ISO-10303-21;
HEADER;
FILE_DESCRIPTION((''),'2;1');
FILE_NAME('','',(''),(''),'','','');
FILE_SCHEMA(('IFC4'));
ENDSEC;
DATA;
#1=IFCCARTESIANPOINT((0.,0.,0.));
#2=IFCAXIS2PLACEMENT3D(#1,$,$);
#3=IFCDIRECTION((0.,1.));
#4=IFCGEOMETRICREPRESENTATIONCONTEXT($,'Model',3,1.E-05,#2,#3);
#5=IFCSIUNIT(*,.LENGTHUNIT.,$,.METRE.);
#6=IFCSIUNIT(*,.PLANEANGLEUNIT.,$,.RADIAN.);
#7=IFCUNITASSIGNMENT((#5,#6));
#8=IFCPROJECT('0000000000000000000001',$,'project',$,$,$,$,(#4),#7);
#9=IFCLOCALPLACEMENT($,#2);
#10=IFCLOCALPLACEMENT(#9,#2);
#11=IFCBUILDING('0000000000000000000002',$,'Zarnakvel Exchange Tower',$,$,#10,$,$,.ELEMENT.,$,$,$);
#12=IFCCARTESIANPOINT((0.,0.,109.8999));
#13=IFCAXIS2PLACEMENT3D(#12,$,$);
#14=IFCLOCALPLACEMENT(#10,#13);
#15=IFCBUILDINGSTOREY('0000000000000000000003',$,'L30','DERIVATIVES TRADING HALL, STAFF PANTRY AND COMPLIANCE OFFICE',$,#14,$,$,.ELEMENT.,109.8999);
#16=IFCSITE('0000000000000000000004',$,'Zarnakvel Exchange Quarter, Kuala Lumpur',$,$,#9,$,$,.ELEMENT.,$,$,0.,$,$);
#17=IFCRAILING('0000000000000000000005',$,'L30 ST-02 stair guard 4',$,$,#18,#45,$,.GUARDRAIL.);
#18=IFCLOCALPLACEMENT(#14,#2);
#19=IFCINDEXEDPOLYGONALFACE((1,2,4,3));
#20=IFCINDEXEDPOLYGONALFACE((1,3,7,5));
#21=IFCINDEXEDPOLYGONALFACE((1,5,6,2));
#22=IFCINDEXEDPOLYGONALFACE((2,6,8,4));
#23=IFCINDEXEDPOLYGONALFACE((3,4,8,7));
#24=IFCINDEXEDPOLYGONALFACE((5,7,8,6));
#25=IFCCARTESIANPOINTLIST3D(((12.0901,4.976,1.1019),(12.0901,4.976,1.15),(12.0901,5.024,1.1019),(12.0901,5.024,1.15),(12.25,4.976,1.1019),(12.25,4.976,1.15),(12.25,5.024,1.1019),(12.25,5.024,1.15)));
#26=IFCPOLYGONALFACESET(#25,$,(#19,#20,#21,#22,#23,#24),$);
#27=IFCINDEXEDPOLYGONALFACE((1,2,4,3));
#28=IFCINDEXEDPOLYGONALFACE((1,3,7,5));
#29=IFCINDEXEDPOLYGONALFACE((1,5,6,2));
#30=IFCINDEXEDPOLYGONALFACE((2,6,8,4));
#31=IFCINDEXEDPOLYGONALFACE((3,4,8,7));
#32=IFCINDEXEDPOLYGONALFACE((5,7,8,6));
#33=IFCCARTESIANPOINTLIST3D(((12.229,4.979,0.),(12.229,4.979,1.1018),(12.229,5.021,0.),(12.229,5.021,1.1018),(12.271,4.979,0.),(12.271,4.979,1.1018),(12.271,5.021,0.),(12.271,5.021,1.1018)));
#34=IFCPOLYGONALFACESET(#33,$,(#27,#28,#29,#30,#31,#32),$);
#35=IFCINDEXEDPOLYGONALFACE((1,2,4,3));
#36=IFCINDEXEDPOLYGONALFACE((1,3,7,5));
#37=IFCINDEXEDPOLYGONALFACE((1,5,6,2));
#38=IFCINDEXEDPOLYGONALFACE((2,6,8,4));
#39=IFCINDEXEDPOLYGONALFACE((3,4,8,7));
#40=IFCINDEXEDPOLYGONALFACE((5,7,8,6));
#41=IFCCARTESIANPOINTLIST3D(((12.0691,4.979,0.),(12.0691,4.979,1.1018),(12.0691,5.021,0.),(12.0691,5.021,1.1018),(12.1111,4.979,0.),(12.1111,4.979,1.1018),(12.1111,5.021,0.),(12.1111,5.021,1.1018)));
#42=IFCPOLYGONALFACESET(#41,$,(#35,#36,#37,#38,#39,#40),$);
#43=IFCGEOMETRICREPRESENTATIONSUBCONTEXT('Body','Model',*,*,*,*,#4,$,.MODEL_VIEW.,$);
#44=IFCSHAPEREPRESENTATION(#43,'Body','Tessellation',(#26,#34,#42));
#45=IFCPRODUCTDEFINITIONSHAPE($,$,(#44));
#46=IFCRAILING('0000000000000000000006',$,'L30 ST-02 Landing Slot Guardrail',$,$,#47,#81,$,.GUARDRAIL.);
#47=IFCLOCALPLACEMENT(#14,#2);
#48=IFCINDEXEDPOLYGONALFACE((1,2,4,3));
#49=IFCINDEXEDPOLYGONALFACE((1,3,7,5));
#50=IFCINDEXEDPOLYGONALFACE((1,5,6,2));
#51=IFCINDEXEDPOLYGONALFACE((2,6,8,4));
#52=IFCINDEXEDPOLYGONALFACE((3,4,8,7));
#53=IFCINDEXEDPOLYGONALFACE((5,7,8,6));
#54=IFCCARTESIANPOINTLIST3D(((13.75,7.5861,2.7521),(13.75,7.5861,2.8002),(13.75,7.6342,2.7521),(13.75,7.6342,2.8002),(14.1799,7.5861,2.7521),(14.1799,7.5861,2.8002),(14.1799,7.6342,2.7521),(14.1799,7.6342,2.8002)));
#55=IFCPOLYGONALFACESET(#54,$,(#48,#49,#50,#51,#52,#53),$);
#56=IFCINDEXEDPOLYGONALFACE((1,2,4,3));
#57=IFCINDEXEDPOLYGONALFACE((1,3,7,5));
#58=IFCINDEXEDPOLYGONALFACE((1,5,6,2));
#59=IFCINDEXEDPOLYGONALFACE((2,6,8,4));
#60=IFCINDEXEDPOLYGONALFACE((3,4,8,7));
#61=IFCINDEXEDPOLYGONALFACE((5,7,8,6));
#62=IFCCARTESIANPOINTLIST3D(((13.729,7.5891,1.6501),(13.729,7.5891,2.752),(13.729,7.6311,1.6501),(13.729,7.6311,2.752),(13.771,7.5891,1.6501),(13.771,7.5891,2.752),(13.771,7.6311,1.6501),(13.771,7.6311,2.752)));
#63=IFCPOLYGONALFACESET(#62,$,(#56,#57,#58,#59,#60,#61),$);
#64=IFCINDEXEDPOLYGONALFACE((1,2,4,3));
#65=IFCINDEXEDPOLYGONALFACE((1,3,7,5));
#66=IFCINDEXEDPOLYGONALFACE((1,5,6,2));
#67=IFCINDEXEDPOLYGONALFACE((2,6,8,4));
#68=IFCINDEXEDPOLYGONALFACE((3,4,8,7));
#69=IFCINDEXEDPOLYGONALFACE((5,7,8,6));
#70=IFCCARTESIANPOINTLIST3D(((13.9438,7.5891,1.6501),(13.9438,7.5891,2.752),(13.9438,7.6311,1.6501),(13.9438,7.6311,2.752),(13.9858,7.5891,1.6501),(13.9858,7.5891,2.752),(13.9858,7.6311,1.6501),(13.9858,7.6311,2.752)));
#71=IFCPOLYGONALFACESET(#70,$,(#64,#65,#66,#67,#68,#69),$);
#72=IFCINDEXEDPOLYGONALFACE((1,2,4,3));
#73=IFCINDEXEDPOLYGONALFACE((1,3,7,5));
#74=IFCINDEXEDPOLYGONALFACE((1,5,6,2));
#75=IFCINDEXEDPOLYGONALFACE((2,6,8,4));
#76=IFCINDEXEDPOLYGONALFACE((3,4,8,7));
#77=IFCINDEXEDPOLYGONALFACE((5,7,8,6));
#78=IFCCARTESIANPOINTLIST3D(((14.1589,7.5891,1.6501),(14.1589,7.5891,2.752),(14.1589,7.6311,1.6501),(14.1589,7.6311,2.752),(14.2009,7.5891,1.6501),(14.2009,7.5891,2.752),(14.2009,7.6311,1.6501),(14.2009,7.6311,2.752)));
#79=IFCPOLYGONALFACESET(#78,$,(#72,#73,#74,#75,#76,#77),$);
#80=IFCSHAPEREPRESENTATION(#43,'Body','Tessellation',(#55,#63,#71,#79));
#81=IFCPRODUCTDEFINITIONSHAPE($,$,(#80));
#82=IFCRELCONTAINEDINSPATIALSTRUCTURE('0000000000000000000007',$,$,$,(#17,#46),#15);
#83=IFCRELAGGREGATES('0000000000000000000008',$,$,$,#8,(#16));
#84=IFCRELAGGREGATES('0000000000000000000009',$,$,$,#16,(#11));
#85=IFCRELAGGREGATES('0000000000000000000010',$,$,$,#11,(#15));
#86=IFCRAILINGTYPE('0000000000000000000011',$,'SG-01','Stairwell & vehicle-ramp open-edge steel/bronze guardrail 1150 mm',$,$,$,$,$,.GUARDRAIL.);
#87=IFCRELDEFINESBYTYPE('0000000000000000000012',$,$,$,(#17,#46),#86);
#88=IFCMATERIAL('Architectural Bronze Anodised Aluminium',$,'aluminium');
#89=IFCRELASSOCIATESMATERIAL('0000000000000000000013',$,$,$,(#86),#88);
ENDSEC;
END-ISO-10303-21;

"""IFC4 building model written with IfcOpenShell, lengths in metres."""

from ifc_helpers import new_model, si_unit, direction, frame, origin, origin_2d, place, context, subcontext, project, spatial, rectangle, extrude, material, type_object, element, save


model = new_model("IFC4")

# Units and contexts
model_context = context("Model", 3, precision=1e-05, world=origin(), true_north=direction((0.0, 1.0)))
body_context = subcontext(model_context, "Body", "Model", "MODEL_VIEW")
ifc_project = project(units=[si_unit("LENGTHUNIT", "METRE"), si_unit("PLANEANGLEUNIT", "RADIAN")], contexts=[model_context])

# Site, building, storey
site_placement = place(None, origin())
site = spatial("IfcSite", under=ifc_project, at=site_placement, Name="Zarnakvel Exchange Quarter, Kuala Lumpur", CompositionType="ELEMENT", RefElevation=0.0)
building_placement = place(site_placement, origin())
building = spatial("IfcBuilding", under=site, at=building_placement, Name="Zarnakvel Exchange Tower", CompositionType="ELEMENT")
storey_placement = place(building_placement, frame((0.0, 0.0, 109.8999)))
storey = spatial("IfcBuildingStorey", under=building, at=storey_placement, Name="L30", Description="DERIVATIVES TRADING HALL, STAFF PANTRY AND COMPLIANCE OFFICE", CompositionType="ELEMENT", Elevation=109.8999)

# Shared definitions
ifc_material_1 = material(Name="Architectural Bronze Anodised Aluminium", Category="aluminium")

# Railings
railing_type_1 = type_object("IfcRailingType", Name="SG-01", Description="Stairwell & vehicle-ramp open-edge steel/bronze guardrail 1150 mm", PredefinedType="GUARDRAIL", material=ifc_material_1)
railing_1_placement = place(storey_placement, frame((12.25, 5.0, 0.0)))
element("IfcRailing", 1, at=railing_1_placement, inside=storey, type_object=railing_type_1, Name="L30 ST-02 stair guard 4", PredefinedType="GUARDRAIL", context=body_context, shape_type="SweptSolid", body=[
    extrude(rectangle(XDim=0.0481, YDim=0.0481, at=origin_2d()), frame((0.0, 0.0, 1.126), z_axis=(-1.0, 0.0, 0.0), x_axis=(0.0, -1.0, 0.0)), (0.0, 0.0, 1.0), 0.1599),
    extrude(rectangle(XDim=0.042, YDim=0.042, at=origin_2d()), origin(), (0.0, 0.0, 1.0), 1.1018),
    extrude(rectangle(XDim=0.042, YDim=0.042, at=origin_2d()), frame((-0.1599, 0.0, 0.0)), (0.0, 0.0, 1.0), 1.1018),
])
railing_2_placement = place(storey_placement, frame((13.75, 7.6101, 1.6501)))
element("IfcRailing", 2, at=railing_2_placement, inside=storey, type_object=railing_type_1, Name="L30 ST-02 Landing Slot Guardrail", PredefinedType="GUARDRAIL", context=body_context, shape_type="SweptSolid", body=[
    extrude(rectangle(XDim=0.0481, YDim=0.0481, at=origin_2d()), frame((0.0, 0.0, 1.126), z_axis=(1.0, 0.0, 0.0), x_axis=(0.0, 1.0, 0.0)), (0.0, 0.0, 1.0), 0.4299),
    extrude(rectangle(XDim=0.042, YDim=0.042, at=origin_2d()), origin(), (0.0, 0.0, 1.0), 1.1018),
    extrude(rectangle(XDim=0.042, YDim=0.042, at=origin_2d()), frame((0.2148, 0.0, 0.0)), (0.0, 0.0, 1.0), 1.1018),
    extrude(rectangle(XDim=0.042, YDim=0.042, at=origin_2d()), frame((0.4299, 0.0, 0.0)), (0.0, 0.0, 1.0), 1.1018),
])

save(model, "model.ifc")
